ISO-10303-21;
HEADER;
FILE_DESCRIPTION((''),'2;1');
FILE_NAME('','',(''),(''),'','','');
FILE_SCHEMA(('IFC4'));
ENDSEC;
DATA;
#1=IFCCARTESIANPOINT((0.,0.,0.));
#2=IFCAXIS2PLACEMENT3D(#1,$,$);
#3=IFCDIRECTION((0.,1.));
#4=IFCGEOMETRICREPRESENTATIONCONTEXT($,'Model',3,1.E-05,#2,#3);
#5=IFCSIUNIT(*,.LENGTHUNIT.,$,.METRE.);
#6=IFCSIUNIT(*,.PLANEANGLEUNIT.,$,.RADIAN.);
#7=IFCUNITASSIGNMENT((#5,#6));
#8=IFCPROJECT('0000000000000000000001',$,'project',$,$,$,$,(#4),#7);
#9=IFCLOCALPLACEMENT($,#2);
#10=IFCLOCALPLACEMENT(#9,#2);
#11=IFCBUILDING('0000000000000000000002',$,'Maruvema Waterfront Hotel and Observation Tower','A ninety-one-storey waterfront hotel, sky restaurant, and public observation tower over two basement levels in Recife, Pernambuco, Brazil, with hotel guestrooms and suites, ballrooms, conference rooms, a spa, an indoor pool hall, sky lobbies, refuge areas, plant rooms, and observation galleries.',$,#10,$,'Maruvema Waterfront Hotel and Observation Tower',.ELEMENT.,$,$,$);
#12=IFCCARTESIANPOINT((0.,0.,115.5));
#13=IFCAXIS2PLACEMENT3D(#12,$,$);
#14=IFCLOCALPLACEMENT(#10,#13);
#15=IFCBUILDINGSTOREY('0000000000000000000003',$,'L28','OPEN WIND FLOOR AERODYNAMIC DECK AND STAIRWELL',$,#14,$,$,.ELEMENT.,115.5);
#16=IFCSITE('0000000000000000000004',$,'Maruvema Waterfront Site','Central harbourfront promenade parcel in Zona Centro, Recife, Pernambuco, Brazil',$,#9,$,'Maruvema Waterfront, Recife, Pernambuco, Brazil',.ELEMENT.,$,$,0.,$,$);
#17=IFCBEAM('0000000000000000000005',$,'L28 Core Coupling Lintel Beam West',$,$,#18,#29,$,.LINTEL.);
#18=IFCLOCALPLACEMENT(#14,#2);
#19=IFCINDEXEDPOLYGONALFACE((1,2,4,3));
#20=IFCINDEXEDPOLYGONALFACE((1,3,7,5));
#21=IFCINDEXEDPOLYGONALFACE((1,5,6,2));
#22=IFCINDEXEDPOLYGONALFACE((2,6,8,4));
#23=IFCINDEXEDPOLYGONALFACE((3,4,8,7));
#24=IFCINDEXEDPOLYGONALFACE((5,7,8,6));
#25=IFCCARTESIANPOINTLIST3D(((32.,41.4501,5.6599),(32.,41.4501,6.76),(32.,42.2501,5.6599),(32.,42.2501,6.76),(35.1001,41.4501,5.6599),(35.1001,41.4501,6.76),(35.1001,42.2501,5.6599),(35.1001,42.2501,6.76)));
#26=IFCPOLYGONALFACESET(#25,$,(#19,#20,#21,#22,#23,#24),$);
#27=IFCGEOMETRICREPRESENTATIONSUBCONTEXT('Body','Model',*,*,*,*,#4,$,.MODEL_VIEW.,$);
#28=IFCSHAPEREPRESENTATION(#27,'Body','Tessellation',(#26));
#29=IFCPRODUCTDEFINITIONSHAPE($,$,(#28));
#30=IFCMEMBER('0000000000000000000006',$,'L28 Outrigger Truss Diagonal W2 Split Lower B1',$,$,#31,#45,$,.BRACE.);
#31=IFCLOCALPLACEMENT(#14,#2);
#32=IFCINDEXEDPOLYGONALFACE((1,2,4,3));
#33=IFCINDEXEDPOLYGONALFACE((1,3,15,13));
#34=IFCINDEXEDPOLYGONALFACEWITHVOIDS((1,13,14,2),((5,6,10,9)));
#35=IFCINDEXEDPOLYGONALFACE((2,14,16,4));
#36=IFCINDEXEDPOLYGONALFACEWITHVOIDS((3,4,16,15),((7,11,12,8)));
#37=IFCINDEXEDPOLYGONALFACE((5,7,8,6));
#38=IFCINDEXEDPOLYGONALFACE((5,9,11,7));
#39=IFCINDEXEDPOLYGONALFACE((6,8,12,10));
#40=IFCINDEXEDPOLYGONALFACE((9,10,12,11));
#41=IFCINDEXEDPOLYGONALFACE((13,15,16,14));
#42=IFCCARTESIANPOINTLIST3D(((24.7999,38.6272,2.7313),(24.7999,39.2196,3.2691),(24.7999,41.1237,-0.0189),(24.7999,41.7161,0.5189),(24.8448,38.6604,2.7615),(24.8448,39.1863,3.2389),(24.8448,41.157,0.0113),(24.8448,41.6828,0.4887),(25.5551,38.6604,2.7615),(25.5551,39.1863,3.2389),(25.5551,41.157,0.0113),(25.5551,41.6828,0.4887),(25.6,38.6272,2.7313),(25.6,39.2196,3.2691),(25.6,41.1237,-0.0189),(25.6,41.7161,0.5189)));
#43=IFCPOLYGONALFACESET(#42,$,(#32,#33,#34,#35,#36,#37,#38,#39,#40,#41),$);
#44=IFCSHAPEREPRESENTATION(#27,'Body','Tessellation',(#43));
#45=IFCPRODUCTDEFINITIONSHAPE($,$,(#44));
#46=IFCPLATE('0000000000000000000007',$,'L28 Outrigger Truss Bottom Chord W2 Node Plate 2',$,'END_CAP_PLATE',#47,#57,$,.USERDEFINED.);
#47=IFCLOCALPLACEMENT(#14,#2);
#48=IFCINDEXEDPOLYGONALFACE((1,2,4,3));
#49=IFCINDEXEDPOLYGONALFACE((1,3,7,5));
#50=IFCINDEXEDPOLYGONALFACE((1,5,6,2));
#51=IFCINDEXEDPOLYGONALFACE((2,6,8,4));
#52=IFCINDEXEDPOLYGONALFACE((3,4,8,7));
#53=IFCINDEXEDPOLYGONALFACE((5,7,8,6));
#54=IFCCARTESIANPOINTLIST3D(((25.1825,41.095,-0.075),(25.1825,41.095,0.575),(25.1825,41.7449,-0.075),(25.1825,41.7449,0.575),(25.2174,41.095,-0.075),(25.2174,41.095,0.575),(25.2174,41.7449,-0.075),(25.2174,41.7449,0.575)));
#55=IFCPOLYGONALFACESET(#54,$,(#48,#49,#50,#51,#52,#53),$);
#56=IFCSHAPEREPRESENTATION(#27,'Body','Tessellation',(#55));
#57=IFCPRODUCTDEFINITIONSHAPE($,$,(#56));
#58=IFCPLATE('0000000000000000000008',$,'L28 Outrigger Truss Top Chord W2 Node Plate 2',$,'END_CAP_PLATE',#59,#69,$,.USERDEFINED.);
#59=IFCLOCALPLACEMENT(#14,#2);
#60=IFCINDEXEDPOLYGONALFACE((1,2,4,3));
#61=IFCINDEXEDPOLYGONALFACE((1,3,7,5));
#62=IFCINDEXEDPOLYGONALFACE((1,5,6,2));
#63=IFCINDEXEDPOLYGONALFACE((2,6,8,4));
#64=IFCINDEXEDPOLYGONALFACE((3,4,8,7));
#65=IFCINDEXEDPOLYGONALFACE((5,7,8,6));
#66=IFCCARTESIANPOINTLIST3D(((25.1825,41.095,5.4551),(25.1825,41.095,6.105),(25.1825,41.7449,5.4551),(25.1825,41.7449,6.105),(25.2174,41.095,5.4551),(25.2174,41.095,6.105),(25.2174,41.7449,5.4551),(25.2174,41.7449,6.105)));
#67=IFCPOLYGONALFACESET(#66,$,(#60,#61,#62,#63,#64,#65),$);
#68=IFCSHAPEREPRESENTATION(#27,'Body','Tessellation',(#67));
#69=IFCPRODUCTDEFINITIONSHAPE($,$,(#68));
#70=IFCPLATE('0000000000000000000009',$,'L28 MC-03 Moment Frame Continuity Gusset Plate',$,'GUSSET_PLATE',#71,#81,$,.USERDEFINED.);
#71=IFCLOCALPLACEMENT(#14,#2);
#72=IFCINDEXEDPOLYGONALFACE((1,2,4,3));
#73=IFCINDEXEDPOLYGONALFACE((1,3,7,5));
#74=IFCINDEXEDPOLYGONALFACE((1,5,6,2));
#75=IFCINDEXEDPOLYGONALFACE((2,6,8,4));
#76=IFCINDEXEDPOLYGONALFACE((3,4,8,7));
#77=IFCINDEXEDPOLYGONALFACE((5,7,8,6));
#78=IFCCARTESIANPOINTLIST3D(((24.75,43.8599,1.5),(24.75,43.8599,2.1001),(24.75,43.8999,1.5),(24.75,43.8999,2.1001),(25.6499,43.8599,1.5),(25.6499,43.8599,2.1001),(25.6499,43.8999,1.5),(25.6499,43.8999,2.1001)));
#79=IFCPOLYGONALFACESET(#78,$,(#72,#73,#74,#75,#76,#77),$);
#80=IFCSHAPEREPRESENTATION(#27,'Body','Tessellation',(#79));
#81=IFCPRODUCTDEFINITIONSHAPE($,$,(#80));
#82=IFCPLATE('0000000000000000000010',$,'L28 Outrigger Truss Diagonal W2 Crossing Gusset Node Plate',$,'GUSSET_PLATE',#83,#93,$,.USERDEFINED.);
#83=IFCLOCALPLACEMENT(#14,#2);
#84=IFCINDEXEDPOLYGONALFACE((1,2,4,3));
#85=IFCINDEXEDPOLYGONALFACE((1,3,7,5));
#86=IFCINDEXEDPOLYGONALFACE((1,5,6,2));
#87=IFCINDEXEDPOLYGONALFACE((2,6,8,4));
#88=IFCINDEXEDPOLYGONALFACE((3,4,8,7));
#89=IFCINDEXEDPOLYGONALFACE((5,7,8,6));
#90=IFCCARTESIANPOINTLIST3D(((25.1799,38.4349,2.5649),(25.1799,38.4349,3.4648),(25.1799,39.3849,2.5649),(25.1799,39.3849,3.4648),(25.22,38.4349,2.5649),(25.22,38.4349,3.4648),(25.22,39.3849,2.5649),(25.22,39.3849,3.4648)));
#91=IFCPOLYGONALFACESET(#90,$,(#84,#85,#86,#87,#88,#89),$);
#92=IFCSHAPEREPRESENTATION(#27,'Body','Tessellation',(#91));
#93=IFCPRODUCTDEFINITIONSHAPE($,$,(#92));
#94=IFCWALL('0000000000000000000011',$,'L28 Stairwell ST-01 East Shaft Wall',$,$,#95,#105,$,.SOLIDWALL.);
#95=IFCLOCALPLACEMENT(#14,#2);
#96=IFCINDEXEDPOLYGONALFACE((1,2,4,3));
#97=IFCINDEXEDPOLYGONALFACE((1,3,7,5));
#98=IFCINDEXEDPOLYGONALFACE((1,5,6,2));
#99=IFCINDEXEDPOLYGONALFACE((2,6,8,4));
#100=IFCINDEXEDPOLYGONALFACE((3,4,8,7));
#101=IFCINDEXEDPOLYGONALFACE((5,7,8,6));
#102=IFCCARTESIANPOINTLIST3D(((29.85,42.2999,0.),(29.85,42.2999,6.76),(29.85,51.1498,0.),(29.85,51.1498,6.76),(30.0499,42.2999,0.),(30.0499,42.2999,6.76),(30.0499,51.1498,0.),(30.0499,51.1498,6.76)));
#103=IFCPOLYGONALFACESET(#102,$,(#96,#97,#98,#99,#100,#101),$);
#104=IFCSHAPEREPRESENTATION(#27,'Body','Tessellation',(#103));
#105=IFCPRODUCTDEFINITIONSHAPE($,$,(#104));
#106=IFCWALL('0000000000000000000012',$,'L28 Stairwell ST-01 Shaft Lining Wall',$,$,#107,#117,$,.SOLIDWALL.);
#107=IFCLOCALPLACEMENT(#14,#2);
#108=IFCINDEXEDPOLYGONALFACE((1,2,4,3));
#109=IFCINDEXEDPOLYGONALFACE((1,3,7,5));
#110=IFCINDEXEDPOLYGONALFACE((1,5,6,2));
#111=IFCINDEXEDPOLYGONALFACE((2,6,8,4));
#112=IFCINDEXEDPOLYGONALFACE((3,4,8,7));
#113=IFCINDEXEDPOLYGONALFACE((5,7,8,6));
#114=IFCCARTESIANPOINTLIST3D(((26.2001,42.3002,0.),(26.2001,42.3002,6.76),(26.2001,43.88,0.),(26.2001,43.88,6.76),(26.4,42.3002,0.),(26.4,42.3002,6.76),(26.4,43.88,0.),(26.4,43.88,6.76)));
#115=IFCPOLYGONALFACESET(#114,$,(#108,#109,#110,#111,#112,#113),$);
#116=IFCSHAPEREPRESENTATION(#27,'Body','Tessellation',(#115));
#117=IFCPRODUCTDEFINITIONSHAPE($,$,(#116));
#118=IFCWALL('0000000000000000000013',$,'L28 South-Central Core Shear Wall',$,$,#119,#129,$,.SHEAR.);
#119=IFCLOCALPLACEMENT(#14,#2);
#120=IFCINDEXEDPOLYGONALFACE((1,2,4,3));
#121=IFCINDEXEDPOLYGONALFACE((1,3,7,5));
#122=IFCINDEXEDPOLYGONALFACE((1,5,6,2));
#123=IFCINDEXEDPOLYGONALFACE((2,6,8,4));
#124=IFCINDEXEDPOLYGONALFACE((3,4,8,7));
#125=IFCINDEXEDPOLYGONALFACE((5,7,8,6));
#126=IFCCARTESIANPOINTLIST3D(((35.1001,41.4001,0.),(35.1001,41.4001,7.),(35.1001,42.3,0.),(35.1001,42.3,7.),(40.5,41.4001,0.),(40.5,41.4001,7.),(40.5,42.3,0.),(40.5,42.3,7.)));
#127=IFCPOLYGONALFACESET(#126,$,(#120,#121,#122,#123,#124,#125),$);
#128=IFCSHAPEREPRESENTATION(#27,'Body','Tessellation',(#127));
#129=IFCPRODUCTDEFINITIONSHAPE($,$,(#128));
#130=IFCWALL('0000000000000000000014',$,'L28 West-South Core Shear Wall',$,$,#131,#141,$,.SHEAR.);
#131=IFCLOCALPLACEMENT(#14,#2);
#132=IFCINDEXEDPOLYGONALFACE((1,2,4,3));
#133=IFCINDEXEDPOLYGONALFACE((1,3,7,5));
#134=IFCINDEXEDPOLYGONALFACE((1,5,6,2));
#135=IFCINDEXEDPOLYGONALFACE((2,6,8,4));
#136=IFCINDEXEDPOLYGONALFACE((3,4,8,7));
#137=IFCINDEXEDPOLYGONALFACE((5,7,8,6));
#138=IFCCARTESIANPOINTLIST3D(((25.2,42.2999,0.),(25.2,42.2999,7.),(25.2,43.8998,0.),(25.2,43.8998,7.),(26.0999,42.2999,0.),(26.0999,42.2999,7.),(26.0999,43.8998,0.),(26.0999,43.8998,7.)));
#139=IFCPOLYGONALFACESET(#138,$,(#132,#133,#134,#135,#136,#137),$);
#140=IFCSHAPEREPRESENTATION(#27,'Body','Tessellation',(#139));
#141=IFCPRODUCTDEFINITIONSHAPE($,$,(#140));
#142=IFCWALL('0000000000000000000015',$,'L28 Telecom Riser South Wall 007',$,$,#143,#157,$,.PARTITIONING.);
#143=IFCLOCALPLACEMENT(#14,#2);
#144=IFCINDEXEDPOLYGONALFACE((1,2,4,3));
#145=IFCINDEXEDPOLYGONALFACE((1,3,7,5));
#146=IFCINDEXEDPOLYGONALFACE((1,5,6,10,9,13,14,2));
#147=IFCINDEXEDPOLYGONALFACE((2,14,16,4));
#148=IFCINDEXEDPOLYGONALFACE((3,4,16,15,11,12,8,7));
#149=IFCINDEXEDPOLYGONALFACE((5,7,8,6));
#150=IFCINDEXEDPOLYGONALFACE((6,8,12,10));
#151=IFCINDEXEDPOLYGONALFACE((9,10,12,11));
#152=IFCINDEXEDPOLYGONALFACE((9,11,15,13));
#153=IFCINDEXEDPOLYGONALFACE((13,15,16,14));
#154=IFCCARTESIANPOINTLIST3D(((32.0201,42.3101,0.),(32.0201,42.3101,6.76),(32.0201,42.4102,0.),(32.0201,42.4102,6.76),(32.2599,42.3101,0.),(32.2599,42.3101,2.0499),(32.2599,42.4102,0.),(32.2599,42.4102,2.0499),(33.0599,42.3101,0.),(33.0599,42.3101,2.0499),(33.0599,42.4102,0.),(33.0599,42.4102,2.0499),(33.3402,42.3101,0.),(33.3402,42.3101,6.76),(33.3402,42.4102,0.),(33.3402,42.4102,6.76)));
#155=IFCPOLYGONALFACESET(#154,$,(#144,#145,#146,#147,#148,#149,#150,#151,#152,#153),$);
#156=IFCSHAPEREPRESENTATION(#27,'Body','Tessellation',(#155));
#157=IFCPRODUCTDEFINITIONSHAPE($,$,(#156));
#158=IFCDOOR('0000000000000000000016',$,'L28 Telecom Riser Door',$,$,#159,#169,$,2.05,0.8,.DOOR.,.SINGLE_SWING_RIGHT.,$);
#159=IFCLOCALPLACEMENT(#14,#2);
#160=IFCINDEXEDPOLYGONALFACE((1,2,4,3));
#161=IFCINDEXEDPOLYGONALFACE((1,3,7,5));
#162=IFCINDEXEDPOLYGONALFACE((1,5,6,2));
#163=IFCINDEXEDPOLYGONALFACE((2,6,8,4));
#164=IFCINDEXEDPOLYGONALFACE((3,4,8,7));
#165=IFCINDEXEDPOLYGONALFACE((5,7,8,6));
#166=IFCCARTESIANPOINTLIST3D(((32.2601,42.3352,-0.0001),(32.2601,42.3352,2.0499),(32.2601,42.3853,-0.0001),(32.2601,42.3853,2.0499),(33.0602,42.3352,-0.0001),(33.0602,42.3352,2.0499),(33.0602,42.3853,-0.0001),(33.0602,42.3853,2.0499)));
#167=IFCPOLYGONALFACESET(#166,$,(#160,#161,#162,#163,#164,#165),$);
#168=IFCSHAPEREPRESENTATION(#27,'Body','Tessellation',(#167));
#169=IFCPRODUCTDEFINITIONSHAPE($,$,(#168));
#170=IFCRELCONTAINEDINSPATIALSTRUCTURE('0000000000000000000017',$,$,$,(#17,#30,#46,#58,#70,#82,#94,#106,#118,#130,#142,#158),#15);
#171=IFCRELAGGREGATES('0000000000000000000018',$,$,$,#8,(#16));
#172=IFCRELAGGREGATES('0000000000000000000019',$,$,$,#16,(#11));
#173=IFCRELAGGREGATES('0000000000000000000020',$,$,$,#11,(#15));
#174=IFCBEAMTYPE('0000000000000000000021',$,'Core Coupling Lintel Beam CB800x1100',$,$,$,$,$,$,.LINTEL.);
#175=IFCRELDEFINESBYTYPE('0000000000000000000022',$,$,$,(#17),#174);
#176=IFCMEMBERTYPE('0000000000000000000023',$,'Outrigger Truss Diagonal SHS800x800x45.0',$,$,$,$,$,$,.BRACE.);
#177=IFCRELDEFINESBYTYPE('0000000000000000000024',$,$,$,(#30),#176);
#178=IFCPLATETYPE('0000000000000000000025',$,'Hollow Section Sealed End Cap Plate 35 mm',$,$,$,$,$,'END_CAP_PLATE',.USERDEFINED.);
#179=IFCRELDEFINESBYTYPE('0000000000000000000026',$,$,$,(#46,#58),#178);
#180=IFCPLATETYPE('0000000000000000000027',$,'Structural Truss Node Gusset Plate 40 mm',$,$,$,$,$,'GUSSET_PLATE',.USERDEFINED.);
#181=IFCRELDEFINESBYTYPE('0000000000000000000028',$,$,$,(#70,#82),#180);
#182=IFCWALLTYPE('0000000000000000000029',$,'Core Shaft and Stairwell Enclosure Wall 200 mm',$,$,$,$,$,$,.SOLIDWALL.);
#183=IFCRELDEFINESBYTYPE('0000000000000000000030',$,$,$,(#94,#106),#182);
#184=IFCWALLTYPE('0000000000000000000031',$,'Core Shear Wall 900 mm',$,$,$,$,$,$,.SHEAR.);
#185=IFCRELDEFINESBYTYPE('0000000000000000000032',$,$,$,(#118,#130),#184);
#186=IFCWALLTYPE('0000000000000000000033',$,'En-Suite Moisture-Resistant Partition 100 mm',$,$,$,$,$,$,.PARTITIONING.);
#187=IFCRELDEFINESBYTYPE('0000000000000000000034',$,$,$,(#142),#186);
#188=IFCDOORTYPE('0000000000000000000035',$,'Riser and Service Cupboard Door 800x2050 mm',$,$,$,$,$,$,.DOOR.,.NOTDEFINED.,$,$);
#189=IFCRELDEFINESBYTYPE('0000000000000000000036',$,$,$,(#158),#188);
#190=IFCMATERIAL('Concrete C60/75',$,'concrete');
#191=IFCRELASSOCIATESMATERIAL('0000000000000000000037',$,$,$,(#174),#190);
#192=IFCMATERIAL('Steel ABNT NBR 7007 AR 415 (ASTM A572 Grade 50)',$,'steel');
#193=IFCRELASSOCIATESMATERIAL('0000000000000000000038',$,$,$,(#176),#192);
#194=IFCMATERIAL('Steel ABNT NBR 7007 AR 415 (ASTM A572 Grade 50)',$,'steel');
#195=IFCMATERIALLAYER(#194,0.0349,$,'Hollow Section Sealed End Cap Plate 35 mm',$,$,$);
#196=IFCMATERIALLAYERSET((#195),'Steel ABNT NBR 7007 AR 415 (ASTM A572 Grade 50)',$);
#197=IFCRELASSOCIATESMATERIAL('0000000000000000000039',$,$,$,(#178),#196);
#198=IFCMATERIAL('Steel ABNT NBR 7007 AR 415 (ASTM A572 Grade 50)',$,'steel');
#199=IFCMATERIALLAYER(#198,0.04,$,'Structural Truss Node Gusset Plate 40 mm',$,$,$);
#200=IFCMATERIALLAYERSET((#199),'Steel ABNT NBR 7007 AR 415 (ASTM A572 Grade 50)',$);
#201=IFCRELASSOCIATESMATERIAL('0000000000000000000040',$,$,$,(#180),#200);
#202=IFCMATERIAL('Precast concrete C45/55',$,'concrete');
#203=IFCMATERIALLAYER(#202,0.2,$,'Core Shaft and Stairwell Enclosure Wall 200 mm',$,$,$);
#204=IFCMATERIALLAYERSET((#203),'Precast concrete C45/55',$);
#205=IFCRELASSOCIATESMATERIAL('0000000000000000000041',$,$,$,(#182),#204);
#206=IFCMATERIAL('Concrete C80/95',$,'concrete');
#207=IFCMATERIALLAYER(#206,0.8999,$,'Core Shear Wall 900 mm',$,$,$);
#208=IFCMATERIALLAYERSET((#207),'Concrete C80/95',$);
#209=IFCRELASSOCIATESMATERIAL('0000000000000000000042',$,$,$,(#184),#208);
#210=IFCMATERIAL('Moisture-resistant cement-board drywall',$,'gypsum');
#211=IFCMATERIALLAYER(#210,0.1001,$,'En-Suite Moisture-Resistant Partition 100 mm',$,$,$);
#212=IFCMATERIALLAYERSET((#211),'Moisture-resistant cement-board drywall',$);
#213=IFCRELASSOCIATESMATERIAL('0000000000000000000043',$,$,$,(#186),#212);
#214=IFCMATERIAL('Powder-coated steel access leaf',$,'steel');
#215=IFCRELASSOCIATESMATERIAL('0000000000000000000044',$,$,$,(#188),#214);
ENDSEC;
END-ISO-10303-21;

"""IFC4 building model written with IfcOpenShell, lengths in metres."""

from ifc_helpers import new_model, si_unit, direction, frame, frame_2d, origin, origin_2d, place, context, subcontext, project, spatial, rectangle, hollow_rectangle, extrude, material, layer, layer_set, material_profile, profile_set, type_object, element, fill, save


model = new_model("IFC4")

# Units and contexts
model_context = context("Model", 3, precision=1e-05, world=origin(), true_north=direction((0.0, 1.0)))
body_context = subcontext(model_context, "Body", "Model", "MODEL_VIEW")
ifc_project = project(units=[si_unit("LENGTHUNIT", "METRE"), si_unit("PLANEANGLEUNIT", "RADIAN")], contexts=[model_context])

# Site, building, storey
site_placement = place(None, origin())
site = spatial("IfcSite", under=ifc_project, at=site_placement, Name="Maruvema Waterfront Site", Description="Central harbourfront promenade parcel in Zona Centro, Recife, Pernambuco, Brazil", LongName="Maruvema Waterfront, Recife, Pernambuco, Brazil", CompositionType="ELEMENT", RefElevation=0.0)
building_placement = place(site_placement, origin())
building = spatial("IfcBuilding", under=site, at=building_placement, Name="Maruvema Waterfront Hotel and Observation Tower", Description="A ninety-one-storey waterfront hotel, sky restaurant, and public observation tower over two basement levels in Recife, Pernambuco, Brazil, with hotel guestrooms and suites, ballrooms, conference rooms, a spa, an indoor pool hall, sky lobbies, refuge areas, plant rooms, and observation galleries.", LongName="Maruvema Waterfront Hotel and Observation Tower", CompositionType="ELEMENT")
storey_placement = place(building_placement, frame((0.0, 0.0, 115.5)))
storey = spatial("IfcBuildingStorey", under=building, at=storey_placement, Name="L28", Description="OPEN WIND FLOOR AERODYNAMIC DECK AND STAIRWELL", CompositionType="ELEMENT", Elevation=115.5)

# Beam
ifc_material_1 = material(Name="Concrete C60/75", Category="concrete")
ifc_material_profile_1 = material_profile(ifc_material_1, rectangle(XDim=0.8, YDim=1.1001, at=origin_2d()), Name="CB800x1100")
ifc_profile_set_1 = profile_set([ifc_material_profile_1], Name="Concrete C60/75")
beam_type = type_object("IfcBeamType", Name="Core Coupling Lintel Beam CB800x1100", PredefinedType="LINTEL", material=ifc_profile_set_1)
beam_placement = place(storey_placement, frame((32.0, 41.8501, 6.21), z_axis=(1.0, 0.0, 0.0), x_axis=(0.0, 1.0, 0.0)))
element("IfcBeam", 1, at=beam_placement, inside=storey, type_object=beam_type, Name="L28 Core Coupling Lintel Beam West", PredefinedType="LINTEL", context=body_context, shape_type="SweptSolid", body=[
    extrude(rectangle(XDim=0.8, YDim=1.1001, at=origin_2d()), origin(), (0.0, 0.0, 1.0), 3.1001),
])

# Member
ifc_material_2 = material(Name="Steel ABNT NBR 7007 AR 415 (ASTM A572 Grade 50)", Category="steel")
ifc_material_profile_2 = material_profile(ifc_material_2, hollow_rectangle(XDim=0.8, YDim=0.8, WallThickness=0.0449, at=origin_2d()), Name="SHS800x800x45.0")
ifc_profile_set_2 = profile_set([ifc_material_profile_2], Name="Steel ABNT NBR 7007 AR 415 (ASTM A572 Grade 50)")
member_type = type_object("IfcMemberType", Name="Outrigger Truss Diagonal SHS800x800x45.0", PredefinedType="BRACE", material=ifc_profile_set_2)
member_placement = place(storey_placement, frame((25.2, 41.4199, 0.25), z_axis=(0.0, -0.672136, 0.740428), x_axis=(1.0, 0.0, 0.0)))
element("IfcMember", 2, at=member_placement, inside=storey, type_object=member_type, Name="L28 Outrigger Truss Diagonal W2 Split Lower B1", PredefinedType="BRACE", context=body_context, shape_type="SweptSolid", body=[
    extrude(hollow_rectangle(XDim=0.8, YDim=0.8, WallThickness=0.0449, at=origin_2d()), origin(), (0.0, 0.0, 1.0), 3.7144),
])

# Plates
ifc_material_3 = material(Name="Steel ABNT NBR 7007 AR 415 (ASTM A572 Grade 50)", Category="steel")
ifc_layer_1 = layer(ifc_material_3, 0.0349, Name="Hollow Section Sealed End Cap Plate 35 mm")
ifc_layer_set_1 = layer_set([ifc_layer_1], Name="Steel ABNT NBR 7007 AR 415 (ASTM A572 Grade 50)")
plate_type_1 = type_object("IfcPlateType", Name="Hollow Section Sealed End Cap Plate 35 mm", ElementType="END_CAP_PLATE", PredefinedType="USERDEFINED", material=ifc_layer_set_1)
for number, where, z_axis, x_axis, name in (
    (3, (25.2, 41.4199, -0.075), (0.0, 0.0, 1.0), (0.0, 1.0, 0.0), "L28 Outrigger Truss Bottom Chord W2 Node Plate 2"),
    (4, (25.2, 41.4199, 5.4551), (0.0, 0.0, 1.0), (0.0, 1.0, 0.0), "L28 Outrigger Truss Top Chord W2 Node Plate 2"),
):
    element("IfcPlate", number, at=place(storey_placement, frame(where, z_axis=z_axis, x_axis=x_axis)), inside=storey, type_object=plate_type_1, Name=name, ObjectType="END_CAP_PLATE", PredefinedType="USERDEFINED", context=body_context, shape_type="SweptSolid", body=[
        extrude(rectangle(XDim=0.6499, YDim=0.0349, at=origin_2d()), origin(), (0.0, 0.0, 1.0), 0.6499),
    ])
ifc_material_4 = material(Name="Steel ABNT NBR 7007 AR 415 (ASTM A572 Grade 50)", Category="steel")
ifc_layer_2 = layer(ifc_material_4, 0.04, Name="Structural Truss Node Gusset Plate 40 mm")
ifc_layer_set_2 = layer_set([ifc_layer_2], Name="Steel ABNT NBR 7007 AR 415 (ASTM A572 Grade 50)")
plate_type_2 = type_object("IfcPlateType", Name="Structural Truss Node Gusset Plate 40 mm", ElementType="GUSSET_PLATE", PredefinedType="USERDEFINED", material=ifc_layer_set_2)
plate_1_placement = place(storey_placement, frame((25.2, 43.8799, 1.5), z_axis=(0.0, 0.0, 1.0), x_axis=(1.0, 0.0, 0.0)))
element("IfcPlate", 5, at=plate_1_placement, inside=storey, type_object=plate_type_2, Name="L28 MC-03 Moment Frame Continuity Gusset Plate", ObjectType="GUSSET_PLATE", PredefinedType="USERDEFINED", context=body_context, shape_type="SweptSolid", body=[
    extrude(rectangle(XDim=0.8999, YDim=0.04, at=origin_2d()), origin(), (0.0, 0.0, 1.0), 0.6001),
])
plate_2_placement = place(storey_placement, frame((25.2, 38.9099, 2.5649), z_axis=(0.0, 0.0, 1.0), x_axis=(0.0, -1.0, 0.0)))
element("IfcPlate", 6, at=plate_2_placement, inside=storey, type_object=plate_type_2, Name="L28 Outrigger Truss Diagonal W2 Crossing Gusset Node Plate", ObjectType="GUSSET_PLATE", PredefinedType="USERDEFINED", context=body_context, shape_type="SweptSolid", body=[
    extrude(rectangle(XDim=0.95, YDim=0.04, at=origin_2d()), origin(), (0.0, 0.0, 1.0), 0.8999),
])

# Walls
ifc_material_5 = material(Name="Precast concrete C45/55", Category="concrete")
ifc_layer_3 = layer(ifc_material_5, 0.2, Name="Core Shaft and Stairwell Enclosure Wall 200 mm")
ifc_layer_set_3 = layer_set([ifc_layer_3], Name="Precast concrete C45/55")
wall_type_1 = type_object("IfcWallType", Name="Core Shaft and Stairwell Enclosure Wall 200 mm", PredefinedType="SOLIDWALL", material=ifc_layer_set_3)
wall_1_placement = place(storey_placement, frame((29.95, 42.3, 0.0), z_axis=(0.0, 0.0, 1.0), x_axis=(0.0, 1.0, 0.0)))
element("IfcWall", 7, at=wall_1_placement, inside=storey, type_object=wall_type_1, Name="L28 Stairwell ST-01 East Shaft Wall", PredefinedType="SOLIDWALL", context=body_context, shape_type="SweptSolid", body=[
    extrude(rectangle(XDim=8.8499, YDim=0.2, at=frame_2d((4.4248, 0.0))), origin(), (0.0, 0.0, 1.0), 6.76),
])
wall_2_placement = place(storey_placement, frame((26.3, 42.3, 0.0), z_axis=(0.0, 0.0, 1.0), x_axis=(0.0, 1.0, 0.0)))
element("IfcWall", 8, at=wall_2_placement, inside=storey, type_object=wall_type_1, Name="L28 Stairwell ST-01 Shaft Lining Wall", PredefinedType="SOLIDWALL", context=body_context, shape_type="SweptSolid", body=[
    extrude(rectangle(XDim=1.5798, YDim=0.2, at=frame_2d((0.79, 0.0))), origin(), (0.0, 0.0, 1.0), 6.76),
])

# Shared definitions
ifc_material_6 = material(Name="Concrete C80/95", Category="concrete")
ifc_layer_4 = layer(ifc_material_6, 0.8999, Name="Core Shear Wall 900 mm")
ifc_layer_set_4 = layer_set([ifc_layer_4], Name="Concrete C80/95")
wall_type_2 = type_object("IfcWallType", Name="Core Shear Wall 900 mm", PredefinedType="SHEAR", material=ifc_layer_set_4)

# Walls
wall_3_placement = place(storey_placement, frame((35.1001, 41.8501, 0.0), z_axis=(0.0, 0.0, 1.0), x_axis=(1.0, 0.0, 0.0)))
element("IfcWall", 9, at=wall_3_placement, inside=storey, type_object=wall_type_2, Name="L28 South-Central Core Shear Wall", PredefinedType="SHEAR", context=body_context, shape_type="SweptSolid", body=[
    extrude(rectangle(XDim=5.3999, YDim=0.8999, at=frame_2d((2.7, 0.0))), origin(), (0.0, 0.0, 1.0), 7.0),
])
wall_4_placement = place(storey_placement, frame((25.6499, 42.3, 0.0), z_axis=(0.0, 0.0, 1.0), x_axis=(0.0, 1.0, 0.0)))
element("IfcWall", 10, at=wall_4_placement, inside=storey, type_object=wall_type_2, Name="L28 West-South Core Shear Wall", PredefinedType="SHEAR", context=body_context, shape_type="SweptSolid", body=[
    extrude(rectangle(XDim=1.5999, YDim=0.8999, at=frame_2d((0.7998, 0.0))), origin(), (0.0, 0.0, 1.0), 7.0),
])

# Wall, opening, door
ifc_material_7 = material(Name="Moisture-resistant cement-board drywall", Category="gypsum")
ifc_layer_5 = layer(ifc_material_7, 0.1001, Name="En-Suite Moisture-Resistant Partition 100 mm")
ifc_layer_set_5 = layer_set([ifc_layer_5], Name="Moisture-resistant cement-board drywall")
wall_type_3 = type_object("IfcWallType", Name="En-Suite Moisture-Resistant Partition 100 mm", PredefinedType="PARTITIONING", material=ifc_layer_set_5)
wall_5_placement = place(storey_placement, frame((32.02, 42.3601, 0.0), z_axis=(0.0, 0.0, 1.0), x_axis=(1.0, 0.0, 0.0)))
wall_5 = element("IfcWall", 11, at=wall_5_placement, inside=storey, type_object=wall_type_3, Name="L28 Telecom Riser South Wall 007", PredefinedType="PARTITIONING", context=body_context, shape_type="SweptSolid", body=[
    extrude(rectangle(XDim=1.3201, YDim=0.1001, at=frame_2d((0.6602, 0.0))), origin(), (0.0, 0.0, 1.0), 6.76),
])
opening_1_placement = place(wall_5_placement, frame((0.24, 0.0, 0.0)))
opening_1 = element("IfcOpeningElement", 12, at=opening_1_placement, cuts=wall_5, PredefinedType="OPENING", context=body_context, shape_type="SweptSolid", body=[
    extrude(rectangle(XDim=0.8, YDim=2.05, at=frame_2d((0.3999, 1.0249))), frame((0.0, 0.0601, 0.0), z_axis=(0.0, -1.0, 0.0), x_axis=(1.0, 0.0, 0.0)), (0.0, 0.0, 1.0), 0.1201),
])
ifc_material_8 = material(Name="Powder-coated steel access leaf", Category="steel")
door_type_1 = type_object("IfcDoorType", Name="Riser and Service Cupboard Door 800x2050 mm", OperationType="NOTDEFINED", PredefinedType="DOOR", material=ifc_material_8)
door_1_placement = place(opening_1_placement, frame((0.8, 0.0, 0.0), z_axis=(0.0, 0.0, 1.0), x_axis=(-1.0, 0.0, 0.0)))
door_1 = element("IfcDoor", 13, at=door_1_placement, inside=storey, type_object=door_type_1, Name="L28 Telecom Riser Door", OperationType="SINGLE_SWING_RIGHT", OverallHeight=2.05, OverallWidth=0.8, PredefinedType="DOOR", context=body_context, shape_type="SweptSolid", body=[
    extrude(rectangle(XDim=0.8, YDim=2.05, at=frame_2d((0.3999, 1.0249))), frame((0.0, 0.0249, 0.0), z_axis=(0.0, -1.0, 0.0), x_axis=(1.0, 0.0, 0.0)), (0.0, 0.0, 1.0), 0.05),
])
fill(opening_1, door_1)

save(model, "model.ifc")
